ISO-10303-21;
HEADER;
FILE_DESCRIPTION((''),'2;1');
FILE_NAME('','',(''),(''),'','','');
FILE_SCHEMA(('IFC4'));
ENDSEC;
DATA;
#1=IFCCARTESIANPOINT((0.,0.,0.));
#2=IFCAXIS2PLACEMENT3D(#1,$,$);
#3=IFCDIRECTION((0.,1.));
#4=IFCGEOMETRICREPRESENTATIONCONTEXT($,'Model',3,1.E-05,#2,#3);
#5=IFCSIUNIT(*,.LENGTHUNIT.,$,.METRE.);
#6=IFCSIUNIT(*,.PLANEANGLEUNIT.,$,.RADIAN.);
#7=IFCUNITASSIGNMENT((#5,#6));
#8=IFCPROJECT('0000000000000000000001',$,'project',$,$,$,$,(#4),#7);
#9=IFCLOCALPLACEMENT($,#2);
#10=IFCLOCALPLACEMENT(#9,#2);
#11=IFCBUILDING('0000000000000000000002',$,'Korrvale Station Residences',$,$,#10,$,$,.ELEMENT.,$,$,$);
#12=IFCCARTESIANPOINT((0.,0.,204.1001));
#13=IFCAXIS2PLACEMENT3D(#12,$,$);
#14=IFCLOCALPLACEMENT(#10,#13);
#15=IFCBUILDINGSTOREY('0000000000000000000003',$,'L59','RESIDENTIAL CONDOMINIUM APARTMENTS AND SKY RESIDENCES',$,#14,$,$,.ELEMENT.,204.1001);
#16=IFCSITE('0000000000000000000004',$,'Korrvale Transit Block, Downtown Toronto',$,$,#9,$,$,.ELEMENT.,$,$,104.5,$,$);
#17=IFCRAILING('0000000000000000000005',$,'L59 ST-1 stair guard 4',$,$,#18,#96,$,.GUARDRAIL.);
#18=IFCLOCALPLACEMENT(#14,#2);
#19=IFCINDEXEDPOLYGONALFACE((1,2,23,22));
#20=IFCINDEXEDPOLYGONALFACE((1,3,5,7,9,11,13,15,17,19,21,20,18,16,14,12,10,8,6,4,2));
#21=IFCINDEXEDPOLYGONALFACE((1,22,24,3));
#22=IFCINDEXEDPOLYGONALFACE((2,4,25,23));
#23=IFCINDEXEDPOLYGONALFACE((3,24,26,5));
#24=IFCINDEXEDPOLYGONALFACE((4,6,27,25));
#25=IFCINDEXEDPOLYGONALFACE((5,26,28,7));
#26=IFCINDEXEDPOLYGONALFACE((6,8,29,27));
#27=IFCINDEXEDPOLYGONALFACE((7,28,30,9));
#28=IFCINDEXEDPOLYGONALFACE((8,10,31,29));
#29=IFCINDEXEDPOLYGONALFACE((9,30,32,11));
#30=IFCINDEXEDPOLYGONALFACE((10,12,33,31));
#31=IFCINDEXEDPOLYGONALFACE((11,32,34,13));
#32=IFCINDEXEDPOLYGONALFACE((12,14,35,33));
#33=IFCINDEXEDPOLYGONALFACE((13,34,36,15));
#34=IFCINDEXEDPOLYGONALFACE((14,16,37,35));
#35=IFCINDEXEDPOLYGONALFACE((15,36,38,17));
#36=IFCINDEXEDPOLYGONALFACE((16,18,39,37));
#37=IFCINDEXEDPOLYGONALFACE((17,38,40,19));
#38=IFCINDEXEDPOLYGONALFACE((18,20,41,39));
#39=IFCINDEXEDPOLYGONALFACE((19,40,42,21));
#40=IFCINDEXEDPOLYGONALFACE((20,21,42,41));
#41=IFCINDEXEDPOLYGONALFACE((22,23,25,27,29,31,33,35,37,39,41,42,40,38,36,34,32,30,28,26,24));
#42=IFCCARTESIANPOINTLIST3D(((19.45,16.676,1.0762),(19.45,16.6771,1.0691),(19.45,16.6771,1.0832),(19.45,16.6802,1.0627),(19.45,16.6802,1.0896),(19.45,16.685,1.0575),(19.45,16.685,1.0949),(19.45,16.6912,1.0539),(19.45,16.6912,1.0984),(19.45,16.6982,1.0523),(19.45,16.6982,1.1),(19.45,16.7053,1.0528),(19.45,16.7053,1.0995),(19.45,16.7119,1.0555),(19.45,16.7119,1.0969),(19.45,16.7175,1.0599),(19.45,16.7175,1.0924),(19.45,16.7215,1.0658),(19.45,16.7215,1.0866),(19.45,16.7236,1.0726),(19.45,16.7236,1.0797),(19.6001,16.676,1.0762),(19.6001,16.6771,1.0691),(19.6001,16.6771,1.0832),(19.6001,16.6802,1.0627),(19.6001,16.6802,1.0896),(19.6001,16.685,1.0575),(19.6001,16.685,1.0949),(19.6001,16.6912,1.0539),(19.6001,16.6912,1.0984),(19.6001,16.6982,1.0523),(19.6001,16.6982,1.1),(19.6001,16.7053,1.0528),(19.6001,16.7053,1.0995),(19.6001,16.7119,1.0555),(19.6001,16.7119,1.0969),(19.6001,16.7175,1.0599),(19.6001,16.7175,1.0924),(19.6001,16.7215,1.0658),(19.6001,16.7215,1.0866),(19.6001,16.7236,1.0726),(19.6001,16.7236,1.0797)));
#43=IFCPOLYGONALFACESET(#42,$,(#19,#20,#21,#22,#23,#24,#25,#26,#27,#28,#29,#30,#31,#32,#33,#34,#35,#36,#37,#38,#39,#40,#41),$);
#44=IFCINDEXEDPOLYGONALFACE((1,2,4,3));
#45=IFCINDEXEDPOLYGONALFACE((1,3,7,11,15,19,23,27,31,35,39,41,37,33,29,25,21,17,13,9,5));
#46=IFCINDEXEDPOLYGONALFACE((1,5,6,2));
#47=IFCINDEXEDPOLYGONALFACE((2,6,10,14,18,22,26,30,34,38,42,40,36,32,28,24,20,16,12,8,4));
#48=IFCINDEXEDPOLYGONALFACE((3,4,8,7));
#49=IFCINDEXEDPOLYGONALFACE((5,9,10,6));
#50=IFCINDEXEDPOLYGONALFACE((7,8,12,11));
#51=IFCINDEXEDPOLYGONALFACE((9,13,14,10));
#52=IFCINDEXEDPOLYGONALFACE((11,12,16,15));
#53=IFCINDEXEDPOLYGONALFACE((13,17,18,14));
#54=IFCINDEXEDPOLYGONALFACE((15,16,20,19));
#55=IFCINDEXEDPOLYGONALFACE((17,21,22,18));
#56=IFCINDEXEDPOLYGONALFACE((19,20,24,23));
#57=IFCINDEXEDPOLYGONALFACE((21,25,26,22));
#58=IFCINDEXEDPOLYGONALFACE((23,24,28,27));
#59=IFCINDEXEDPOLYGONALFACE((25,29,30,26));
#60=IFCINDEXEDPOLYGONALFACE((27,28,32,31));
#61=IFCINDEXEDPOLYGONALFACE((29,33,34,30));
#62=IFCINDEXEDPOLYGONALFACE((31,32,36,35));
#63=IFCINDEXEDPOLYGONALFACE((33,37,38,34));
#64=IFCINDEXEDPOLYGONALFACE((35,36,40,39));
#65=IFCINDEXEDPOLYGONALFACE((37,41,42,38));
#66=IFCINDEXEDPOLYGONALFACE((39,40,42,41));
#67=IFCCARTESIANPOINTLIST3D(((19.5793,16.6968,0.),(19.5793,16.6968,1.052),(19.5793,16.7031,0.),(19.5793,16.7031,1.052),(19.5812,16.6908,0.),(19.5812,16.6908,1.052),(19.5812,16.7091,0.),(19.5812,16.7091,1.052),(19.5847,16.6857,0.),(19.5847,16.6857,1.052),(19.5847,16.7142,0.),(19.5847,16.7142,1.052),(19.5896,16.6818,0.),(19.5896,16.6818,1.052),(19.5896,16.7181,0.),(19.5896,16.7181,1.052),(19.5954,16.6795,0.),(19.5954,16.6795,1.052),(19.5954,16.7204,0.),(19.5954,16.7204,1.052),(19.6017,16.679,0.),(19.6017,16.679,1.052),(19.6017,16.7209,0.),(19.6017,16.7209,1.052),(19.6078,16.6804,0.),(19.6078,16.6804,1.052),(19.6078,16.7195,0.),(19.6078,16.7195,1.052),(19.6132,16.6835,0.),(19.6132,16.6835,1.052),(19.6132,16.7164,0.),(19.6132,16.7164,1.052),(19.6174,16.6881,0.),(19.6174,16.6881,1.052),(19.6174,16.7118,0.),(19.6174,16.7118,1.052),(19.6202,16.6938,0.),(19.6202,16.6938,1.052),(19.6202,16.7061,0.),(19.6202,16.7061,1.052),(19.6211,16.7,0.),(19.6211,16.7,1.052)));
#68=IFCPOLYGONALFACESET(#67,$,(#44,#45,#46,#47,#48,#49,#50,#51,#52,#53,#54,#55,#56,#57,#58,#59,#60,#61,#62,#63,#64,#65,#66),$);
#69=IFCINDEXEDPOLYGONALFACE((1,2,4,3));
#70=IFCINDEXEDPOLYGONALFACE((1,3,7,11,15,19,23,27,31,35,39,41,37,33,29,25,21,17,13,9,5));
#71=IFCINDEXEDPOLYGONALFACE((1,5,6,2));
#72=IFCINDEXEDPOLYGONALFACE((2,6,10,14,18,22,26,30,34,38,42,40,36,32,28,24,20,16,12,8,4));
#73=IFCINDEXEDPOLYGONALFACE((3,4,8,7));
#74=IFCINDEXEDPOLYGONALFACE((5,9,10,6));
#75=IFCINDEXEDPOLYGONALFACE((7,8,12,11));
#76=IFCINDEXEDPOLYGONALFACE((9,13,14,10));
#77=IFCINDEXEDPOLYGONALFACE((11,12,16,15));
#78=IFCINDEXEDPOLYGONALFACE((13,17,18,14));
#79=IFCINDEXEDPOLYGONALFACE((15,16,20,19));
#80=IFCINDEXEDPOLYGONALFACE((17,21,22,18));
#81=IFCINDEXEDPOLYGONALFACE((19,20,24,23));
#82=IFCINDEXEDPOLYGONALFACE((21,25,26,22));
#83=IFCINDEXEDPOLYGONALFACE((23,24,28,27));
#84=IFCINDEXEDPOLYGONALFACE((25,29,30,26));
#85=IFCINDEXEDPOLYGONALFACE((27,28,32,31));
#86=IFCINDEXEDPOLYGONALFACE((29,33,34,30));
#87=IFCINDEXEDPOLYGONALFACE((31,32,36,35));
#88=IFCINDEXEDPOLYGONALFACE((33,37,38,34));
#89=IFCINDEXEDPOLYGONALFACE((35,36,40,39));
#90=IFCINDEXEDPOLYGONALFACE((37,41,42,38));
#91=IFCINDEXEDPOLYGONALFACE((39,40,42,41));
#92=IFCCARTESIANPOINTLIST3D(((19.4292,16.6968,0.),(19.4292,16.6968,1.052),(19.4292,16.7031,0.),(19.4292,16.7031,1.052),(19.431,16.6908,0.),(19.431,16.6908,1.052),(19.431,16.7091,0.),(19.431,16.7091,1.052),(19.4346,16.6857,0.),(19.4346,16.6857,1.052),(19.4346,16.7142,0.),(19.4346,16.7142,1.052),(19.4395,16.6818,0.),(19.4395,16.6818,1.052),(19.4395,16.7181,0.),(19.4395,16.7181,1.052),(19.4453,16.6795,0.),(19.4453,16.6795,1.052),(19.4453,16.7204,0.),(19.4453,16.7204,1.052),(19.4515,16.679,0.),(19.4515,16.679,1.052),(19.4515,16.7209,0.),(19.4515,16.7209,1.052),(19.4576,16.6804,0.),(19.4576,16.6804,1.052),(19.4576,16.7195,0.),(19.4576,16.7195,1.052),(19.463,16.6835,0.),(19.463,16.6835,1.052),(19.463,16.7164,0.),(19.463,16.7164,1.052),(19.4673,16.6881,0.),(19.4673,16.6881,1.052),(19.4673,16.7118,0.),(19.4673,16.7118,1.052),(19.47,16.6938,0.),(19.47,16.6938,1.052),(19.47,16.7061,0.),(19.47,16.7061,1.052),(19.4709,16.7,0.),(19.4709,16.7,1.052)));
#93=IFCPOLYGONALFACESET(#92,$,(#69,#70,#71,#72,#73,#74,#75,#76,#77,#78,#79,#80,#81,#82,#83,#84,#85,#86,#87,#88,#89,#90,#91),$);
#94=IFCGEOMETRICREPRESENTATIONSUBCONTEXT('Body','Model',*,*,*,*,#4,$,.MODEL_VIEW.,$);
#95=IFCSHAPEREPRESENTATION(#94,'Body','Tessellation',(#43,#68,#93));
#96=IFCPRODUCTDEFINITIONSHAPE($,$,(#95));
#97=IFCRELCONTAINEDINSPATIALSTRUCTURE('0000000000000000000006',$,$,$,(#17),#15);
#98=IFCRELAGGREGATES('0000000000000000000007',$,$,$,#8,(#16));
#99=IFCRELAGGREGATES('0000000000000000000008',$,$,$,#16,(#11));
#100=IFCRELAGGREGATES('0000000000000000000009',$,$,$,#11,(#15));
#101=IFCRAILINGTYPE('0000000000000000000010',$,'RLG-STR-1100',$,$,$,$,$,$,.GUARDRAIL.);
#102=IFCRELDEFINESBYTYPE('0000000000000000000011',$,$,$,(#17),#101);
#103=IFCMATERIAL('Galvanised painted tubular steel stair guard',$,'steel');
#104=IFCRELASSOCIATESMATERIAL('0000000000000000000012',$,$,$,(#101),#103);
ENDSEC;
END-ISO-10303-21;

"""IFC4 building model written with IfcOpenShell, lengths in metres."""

from ifc_helpers import new_model, si_unit, direction, frame, origin, origin_2d, place, context, subcontext, project, spatial, circle, extrude, material, type_object, element, save


model = new_model("IFC4")

# Units and contexts
model_context = context("Model", 3, precision=1e-05, world=origin(), true_north=direction((0.0, 1.0)))
body_context = subcontext(model_context, "Body", "Model", "MODEL_VIEW")
ifc_project = project(units=[si_unit("LENGTHUNIT", "METRE"), si_unit("PLANEANGLEUNIT", "RADIAN")], contexts=[model_context])

# Site, building, storey
site_placement = place(None, origin())
site = spatial("IfcSite", under=ifc_project, at=site_placement, Name="Korrvale Transit Block, Downtown Toronto", CompositionType="ELEMENT", RefElevation=104.5)
building_placement = place(site_placement, origin())
building = spatial("IfcBuilding", under=site, at=building_placement, Name="Korrvale Station Residences", CompositionType="ELEMENT")
storey_placement = place(building_placement, frame((0.0, 0.0, 204.1001)))
storey = spatial("IfcBuildingStorey", under=building, at=storey_placement, Name="L59", Description="RESIDENTIAL CONDOMINIUM APARTMENTS AND SKY RESIDENCES", CompositionType="ELEMENT", Elevation=204.1001)

# Railing
ifc_material_1 = material(Name="Galvanised painted tubular steel stair guard", Category="steel")
railing_type_1 = type_object("IfcRailingType", Name="RLG-STR-1100", PredefinedType="GUARDRAIL", material=ifc_material_1)
railing_1_placement = place(storey_placement, frame((19.6001, 16.7, 0.0)))
element("IfcRailing", 1, at=railing_1_placement, inside=storey, type_object=railing_type_1, Name="L59 ST-1 stair guard 4", PredefinedType="GUARDRAIL", context=body_context, shape_type="SweptSolid", body=[
    extrude(circle(Radius=0.0239, at=origin_2d()), frame((0.0, 0.0, 1.0762), z_axis=(-1.0, 0.0, 0.0), x_axis=(0.0, -1.0, 0.0)), (0.0, 0.0, 1.0), 0.1501),
    extrude(circle(Radius=0.021, at=origin_2d()), origin(), (0.0, 0.0, 1.0), 1.052),
    extrude(circle(Radius=0.021, at=origin_2d()), frame((-0.1501, 0.0, 0.0)), (0.0, 0.0, 1.0), 1.052),
])

save(model, "model.ifc")
